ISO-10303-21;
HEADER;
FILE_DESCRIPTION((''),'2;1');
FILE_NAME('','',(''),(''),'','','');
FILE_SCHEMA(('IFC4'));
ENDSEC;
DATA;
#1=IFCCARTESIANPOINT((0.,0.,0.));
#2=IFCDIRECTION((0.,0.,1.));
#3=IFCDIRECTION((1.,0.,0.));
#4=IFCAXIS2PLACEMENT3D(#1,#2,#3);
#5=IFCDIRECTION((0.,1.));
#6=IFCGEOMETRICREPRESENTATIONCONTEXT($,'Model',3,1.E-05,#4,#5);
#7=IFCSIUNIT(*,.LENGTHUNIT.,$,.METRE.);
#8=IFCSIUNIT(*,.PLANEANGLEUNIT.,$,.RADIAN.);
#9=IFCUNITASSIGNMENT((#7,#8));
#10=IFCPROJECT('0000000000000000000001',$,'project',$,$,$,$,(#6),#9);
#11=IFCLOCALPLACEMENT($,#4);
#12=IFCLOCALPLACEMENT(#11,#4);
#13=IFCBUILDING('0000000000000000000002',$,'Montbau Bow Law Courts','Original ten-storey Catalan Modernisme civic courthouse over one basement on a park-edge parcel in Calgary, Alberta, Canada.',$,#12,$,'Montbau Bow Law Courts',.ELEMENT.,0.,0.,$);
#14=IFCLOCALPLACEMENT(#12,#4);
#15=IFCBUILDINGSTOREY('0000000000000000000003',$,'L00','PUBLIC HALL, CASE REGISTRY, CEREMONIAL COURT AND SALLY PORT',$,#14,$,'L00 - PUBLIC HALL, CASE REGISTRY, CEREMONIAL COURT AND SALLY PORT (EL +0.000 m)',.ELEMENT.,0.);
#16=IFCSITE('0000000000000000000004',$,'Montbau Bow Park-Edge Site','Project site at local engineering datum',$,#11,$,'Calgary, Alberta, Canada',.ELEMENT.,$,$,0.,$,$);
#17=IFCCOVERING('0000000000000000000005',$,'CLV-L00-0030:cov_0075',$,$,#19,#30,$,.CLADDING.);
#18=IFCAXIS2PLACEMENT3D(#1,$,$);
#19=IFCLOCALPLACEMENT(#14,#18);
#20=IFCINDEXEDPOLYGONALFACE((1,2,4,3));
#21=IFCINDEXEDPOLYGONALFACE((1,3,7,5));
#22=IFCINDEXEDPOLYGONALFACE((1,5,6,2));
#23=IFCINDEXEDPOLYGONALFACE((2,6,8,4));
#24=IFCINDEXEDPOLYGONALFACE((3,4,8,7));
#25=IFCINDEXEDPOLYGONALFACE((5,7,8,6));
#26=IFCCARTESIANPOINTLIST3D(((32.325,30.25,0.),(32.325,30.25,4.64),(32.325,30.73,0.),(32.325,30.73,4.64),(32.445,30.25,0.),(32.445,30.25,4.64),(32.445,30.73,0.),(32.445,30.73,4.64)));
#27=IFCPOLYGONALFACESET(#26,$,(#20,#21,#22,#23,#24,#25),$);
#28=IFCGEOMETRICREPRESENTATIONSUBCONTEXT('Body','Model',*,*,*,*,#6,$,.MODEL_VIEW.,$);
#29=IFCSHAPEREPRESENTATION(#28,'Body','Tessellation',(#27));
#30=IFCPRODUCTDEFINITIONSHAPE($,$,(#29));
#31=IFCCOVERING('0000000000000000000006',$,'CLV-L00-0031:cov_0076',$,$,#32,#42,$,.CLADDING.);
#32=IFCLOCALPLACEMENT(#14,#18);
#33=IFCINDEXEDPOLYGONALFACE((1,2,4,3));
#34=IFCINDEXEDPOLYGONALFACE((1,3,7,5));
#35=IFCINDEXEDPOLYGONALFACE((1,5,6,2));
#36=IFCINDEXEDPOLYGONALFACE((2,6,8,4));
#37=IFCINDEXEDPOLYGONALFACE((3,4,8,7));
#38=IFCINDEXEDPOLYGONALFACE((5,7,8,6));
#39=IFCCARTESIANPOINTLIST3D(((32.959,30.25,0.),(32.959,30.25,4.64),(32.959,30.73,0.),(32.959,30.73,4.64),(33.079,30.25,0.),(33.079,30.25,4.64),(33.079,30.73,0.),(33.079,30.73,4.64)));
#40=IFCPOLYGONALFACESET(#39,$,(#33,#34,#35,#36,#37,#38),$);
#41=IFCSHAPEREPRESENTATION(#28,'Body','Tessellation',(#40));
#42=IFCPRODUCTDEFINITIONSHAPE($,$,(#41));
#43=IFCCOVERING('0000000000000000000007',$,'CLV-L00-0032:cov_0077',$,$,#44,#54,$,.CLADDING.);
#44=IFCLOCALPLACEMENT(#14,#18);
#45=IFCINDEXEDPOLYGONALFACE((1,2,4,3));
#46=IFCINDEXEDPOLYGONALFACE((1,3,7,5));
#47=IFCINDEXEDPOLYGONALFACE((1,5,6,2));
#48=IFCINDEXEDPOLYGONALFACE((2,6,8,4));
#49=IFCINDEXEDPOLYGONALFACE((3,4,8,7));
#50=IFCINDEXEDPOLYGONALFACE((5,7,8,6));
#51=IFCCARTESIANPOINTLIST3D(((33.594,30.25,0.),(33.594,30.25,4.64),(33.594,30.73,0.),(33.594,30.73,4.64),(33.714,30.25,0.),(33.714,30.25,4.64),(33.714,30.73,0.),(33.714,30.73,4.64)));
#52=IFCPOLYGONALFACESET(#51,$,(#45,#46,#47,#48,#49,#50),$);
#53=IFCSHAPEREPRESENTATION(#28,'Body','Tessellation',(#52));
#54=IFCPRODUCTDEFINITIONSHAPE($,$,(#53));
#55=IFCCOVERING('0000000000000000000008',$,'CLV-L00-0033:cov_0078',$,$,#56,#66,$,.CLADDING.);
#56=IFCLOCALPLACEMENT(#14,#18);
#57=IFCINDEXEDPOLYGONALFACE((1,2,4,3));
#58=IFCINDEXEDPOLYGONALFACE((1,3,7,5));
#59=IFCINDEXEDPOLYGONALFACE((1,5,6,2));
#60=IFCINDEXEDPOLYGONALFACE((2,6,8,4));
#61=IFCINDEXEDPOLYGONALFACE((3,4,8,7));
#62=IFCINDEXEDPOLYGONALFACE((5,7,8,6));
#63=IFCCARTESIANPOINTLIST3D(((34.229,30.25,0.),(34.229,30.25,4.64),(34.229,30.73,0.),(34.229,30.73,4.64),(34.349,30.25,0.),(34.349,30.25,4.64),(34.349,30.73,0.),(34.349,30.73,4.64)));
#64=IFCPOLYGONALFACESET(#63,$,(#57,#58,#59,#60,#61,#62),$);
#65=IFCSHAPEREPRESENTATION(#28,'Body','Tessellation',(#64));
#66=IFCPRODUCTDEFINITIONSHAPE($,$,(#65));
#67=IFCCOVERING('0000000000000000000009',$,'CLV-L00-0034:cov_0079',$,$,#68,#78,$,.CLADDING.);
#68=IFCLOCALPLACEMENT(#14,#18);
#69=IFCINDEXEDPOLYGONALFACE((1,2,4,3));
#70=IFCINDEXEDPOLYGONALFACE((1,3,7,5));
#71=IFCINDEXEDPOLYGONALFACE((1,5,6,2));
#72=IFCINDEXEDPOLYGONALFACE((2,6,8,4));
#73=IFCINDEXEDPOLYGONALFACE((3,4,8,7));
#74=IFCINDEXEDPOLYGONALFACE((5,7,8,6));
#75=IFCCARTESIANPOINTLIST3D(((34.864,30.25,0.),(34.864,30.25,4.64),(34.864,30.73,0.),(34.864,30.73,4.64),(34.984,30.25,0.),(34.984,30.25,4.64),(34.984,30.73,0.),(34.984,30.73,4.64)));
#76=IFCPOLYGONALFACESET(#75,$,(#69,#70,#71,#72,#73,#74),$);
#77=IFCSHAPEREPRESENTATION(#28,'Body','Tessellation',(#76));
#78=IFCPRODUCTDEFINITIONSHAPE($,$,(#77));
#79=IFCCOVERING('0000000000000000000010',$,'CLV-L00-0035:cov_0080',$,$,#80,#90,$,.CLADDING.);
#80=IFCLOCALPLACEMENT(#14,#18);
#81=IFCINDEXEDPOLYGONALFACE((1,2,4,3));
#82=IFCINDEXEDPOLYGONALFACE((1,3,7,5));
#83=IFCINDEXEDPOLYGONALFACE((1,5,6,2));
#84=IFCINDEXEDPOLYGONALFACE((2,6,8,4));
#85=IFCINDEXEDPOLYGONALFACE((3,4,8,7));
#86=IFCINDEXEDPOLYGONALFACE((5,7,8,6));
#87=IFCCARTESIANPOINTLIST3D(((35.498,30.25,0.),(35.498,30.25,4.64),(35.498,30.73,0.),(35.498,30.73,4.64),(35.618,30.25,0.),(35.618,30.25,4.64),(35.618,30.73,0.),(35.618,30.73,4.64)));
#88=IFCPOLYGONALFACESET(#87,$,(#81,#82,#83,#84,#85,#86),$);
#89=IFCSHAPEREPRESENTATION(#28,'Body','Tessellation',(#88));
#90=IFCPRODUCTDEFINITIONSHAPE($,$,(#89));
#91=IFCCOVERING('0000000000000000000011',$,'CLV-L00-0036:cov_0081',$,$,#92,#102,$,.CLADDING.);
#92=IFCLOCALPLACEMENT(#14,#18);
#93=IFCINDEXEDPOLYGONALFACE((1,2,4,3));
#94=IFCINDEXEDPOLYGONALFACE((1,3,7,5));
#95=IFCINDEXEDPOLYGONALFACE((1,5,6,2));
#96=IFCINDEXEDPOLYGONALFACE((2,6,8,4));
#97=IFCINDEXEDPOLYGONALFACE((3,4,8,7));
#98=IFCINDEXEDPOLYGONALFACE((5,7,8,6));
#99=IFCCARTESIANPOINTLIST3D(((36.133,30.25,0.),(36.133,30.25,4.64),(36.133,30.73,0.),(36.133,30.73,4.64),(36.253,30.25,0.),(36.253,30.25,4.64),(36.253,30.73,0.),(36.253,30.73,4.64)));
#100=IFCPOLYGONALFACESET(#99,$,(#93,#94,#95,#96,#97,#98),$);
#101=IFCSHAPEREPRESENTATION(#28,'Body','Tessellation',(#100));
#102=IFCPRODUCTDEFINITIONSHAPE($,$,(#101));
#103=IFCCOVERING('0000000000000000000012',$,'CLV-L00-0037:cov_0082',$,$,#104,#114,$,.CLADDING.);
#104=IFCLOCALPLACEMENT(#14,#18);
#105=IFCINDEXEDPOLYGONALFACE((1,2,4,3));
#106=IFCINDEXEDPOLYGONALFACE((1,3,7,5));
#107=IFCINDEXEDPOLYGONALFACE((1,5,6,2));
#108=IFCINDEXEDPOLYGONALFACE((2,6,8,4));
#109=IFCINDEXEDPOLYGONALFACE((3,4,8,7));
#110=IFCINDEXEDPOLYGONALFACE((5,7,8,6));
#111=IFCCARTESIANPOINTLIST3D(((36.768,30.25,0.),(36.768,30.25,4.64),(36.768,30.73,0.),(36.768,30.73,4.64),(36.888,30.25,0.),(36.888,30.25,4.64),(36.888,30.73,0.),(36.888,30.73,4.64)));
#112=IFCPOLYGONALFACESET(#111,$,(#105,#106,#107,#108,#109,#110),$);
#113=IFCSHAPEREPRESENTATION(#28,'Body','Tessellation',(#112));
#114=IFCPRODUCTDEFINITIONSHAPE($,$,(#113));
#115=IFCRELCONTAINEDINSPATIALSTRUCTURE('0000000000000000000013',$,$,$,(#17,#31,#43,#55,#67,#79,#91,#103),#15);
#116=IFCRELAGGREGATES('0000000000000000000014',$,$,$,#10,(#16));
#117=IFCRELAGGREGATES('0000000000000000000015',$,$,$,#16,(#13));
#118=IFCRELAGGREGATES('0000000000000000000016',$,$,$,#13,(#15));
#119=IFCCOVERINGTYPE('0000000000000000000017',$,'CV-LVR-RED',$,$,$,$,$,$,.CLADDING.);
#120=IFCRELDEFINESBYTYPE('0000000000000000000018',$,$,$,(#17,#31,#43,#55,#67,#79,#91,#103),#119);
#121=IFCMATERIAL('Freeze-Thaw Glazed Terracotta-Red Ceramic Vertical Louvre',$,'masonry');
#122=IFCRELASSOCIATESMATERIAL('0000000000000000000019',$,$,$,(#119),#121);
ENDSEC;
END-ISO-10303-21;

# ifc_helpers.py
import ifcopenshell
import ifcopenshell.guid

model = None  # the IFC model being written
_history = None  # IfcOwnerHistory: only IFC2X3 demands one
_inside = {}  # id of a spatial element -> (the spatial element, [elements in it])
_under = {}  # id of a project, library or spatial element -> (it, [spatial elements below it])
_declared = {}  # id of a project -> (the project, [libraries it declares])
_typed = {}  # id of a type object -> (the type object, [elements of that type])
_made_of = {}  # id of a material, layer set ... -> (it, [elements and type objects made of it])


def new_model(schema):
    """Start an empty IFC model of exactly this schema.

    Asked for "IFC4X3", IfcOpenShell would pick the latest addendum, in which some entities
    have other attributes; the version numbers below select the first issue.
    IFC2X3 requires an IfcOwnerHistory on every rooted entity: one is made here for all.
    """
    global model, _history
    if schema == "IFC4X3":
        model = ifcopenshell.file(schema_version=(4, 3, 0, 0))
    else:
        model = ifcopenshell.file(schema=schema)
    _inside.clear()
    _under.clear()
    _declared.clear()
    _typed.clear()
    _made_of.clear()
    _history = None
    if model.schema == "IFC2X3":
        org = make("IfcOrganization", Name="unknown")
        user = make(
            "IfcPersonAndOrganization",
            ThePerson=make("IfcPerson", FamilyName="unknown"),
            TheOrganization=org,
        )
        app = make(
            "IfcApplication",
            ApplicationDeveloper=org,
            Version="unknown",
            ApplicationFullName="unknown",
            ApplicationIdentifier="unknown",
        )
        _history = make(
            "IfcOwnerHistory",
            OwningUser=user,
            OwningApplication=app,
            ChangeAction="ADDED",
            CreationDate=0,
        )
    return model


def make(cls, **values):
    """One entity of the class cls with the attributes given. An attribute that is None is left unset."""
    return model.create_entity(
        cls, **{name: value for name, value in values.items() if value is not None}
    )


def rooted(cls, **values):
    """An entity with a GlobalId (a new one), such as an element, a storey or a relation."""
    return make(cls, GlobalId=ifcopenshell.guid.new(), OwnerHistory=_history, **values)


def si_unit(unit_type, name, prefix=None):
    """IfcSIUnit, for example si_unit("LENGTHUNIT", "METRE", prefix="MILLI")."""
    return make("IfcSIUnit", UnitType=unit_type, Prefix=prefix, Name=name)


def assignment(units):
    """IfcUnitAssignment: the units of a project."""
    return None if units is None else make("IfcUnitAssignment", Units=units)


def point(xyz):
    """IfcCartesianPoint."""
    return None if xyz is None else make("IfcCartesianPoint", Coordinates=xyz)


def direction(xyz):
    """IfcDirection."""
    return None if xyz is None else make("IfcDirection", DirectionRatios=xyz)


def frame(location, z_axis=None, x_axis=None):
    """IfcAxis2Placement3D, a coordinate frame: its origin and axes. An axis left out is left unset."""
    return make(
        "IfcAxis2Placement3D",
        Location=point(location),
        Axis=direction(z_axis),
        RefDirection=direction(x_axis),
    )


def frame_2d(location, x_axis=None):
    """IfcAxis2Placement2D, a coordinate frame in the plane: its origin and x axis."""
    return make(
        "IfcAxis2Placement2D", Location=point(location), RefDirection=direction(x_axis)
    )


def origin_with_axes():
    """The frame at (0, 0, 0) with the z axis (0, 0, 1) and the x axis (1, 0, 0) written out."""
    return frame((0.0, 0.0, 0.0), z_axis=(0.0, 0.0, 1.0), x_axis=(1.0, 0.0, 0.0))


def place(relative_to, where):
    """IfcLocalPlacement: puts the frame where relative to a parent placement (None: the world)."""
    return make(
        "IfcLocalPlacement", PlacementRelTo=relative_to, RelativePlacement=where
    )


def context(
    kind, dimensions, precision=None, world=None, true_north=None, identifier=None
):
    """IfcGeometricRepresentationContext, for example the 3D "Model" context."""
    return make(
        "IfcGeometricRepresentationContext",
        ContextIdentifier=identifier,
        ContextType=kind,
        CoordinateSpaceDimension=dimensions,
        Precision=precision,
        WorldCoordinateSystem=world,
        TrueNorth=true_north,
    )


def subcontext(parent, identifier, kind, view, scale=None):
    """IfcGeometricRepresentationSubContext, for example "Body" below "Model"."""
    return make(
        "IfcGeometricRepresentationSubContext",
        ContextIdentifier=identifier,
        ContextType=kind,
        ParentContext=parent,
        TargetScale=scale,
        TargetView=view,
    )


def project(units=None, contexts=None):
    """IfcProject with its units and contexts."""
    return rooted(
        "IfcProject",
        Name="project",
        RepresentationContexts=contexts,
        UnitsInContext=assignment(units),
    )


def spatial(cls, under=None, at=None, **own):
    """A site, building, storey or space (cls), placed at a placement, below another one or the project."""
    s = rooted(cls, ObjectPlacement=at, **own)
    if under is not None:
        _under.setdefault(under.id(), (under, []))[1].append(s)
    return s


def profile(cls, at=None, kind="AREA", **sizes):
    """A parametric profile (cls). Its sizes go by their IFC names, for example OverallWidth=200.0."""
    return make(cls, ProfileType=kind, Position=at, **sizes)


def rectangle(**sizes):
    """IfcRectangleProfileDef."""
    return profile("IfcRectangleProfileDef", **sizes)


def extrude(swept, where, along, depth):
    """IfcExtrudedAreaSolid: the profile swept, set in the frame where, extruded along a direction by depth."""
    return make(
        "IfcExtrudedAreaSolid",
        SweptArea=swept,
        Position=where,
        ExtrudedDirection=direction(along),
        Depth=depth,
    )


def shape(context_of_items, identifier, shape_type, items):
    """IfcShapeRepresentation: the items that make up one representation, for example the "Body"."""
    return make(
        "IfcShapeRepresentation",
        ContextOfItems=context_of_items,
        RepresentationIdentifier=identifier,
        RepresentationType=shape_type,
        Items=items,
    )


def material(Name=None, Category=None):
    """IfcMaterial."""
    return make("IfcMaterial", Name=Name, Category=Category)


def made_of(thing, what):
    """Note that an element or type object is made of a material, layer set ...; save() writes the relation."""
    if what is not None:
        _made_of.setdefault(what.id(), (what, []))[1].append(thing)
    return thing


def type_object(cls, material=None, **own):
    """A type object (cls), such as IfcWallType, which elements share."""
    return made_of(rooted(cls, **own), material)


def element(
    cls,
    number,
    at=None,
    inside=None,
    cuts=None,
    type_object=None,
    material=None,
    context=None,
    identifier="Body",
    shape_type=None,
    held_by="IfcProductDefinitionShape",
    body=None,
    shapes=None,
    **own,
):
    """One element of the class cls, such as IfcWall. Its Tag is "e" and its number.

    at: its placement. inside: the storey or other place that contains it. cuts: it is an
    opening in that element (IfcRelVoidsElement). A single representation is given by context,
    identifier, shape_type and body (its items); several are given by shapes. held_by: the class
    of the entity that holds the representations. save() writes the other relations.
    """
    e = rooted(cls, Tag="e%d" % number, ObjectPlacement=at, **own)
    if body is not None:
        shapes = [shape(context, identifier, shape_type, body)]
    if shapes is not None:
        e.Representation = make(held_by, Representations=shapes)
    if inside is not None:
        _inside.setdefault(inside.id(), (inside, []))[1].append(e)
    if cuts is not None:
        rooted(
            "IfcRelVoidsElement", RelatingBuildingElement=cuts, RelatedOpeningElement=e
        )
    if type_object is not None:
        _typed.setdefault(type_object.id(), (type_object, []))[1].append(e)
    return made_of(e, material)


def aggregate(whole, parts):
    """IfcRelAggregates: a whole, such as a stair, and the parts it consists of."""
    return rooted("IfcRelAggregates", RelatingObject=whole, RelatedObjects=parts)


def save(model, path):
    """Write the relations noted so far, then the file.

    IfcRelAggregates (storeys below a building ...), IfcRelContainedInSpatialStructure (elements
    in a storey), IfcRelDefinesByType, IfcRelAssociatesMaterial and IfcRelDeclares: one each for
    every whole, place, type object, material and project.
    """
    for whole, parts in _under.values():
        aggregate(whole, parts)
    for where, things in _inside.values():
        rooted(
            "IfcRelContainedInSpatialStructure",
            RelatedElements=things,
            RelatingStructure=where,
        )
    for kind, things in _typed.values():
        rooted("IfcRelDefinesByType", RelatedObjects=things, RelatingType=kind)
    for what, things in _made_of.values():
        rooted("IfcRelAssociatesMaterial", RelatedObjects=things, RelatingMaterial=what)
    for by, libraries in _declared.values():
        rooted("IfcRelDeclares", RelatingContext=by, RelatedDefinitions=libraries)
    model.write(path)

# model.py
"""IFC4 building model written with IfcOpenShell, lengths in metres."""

from ifc_helpers import new_model, si_unit, direction, frame, frame_2d, origin_with_axes, place, context, subcontext, project, spatial, rectangle, extrude, material, type_object, element, save


model = new_model("IFC4")

# Units and contexts
model_context = context("Model", 3, precision=1e-05, world=origin_with_axes(), true_north=direction((0.0, 1.0)))
body_context = subcontext(model_context, "Body", "Model", "MODEL_VIEW")
ifc_project = project(units=[si_unit("LENGTHUNIT", "METRE"), si_unit("PLANEANGLEUNIT", "RADIAN")], contexts=[model_context])

# Site, building, storey
site_placement = place(None, origin_with_axes())
site = spatial("IfcSite", under=ifc_project, at=site_placement, Name="Montbau Bow Park-Edge Site", Description="Project site at local engineering datum", LongName="Calgary, Alberta, Canada", CompositionType="ELEMENT", RefElevation=0.0)
building_placement = place(site_placement, origin_with_axes())
building = spatial("IfcBuilding", under=site, at=building_placement, Name="Montbau Bow Law Courts", Description="Original ten-storey Catalan Modernisme civic courthouse over one basement on a park-edge parcel in Calgary, Alberta, Canada.", LongName="Montbau Bow Law Courts", CompositionType="ELEMENT", ElevationOfRefHeight=0.0, ElevationOfTerrain=0.0)
storey_placement = place(building_placement, origin_with_axes())
storey = spatial("IfcBuildingStorey", under=building, at=storey_placement, Name="L00", Description="PUBLIC HALL, CASE REGISTRY, CEREMONIAL COURT AND SALLY PORT", LongName="L00 - PUBLIC HALL, CASE REGISTRY, CEREMONIAL COURT AND SALLY PORT (EL +0.000 m)", CompositionType="ELEMENT", Elevation=0.0)

# Coverings
ifc_material_1 = material(Name="Freeze-Thaw Glazed Terracotta-Red Ceramic Vertical Louvre", Category="masonry")
covering_type = type_object("IfcCoveringType", Name="CV-LVR-RED", PredefinedType="CLADDING", material=ifc_material_1)
for number, where, z_axis, x_axis, name in (
    (1, (32.385, 30.73, 0.0), (-1.0, 0.0, 0.0), (0.0, -1.0, 0.0), "CLV-L00-0030:cov_0075"),
    (2, (33.019, 30.73, 0.0), (-1.0, 0.0, 0.0), (0.0, -1.0, 0.0), "CLV-L00-0031:cov_0076"),
    (3, (33.654, 30.73, 0.0), (-1.0, 0.0, 0.0), (0.0, -1.0, 0.0), "CLV-L00-0032:cov_0077"),
    (4, (34.289, 30.73, 0.0), (-1.0, 0.0, 0.0), (0.0, -1.0, 0.0), "CLV-L00-0033:cov_0078"),
    (5, (34.924, 30.73, 0.0), (-1.0, 0.0, 0.0), (0.0, -1.0, 0.0), "CLV-L00-0034:cov_0079"),
    (6, (35.558, 30.73, 0.0), (-1.0, 0.0, 0.0), (0.0, -1.0, 0.0), "CLV-L00-0035:cov_0080"),
    (7, (36.193, 30.73, 0.0), (-1.0, 0.0, 0.0), (0.0, -1.0, 0.0), "CLV-L00-0036:cov_0081"),
    (8, (36.828, 30.73, 0.0), (-1.0, 0.0, 0.0), (0.0, -1.0, 0.0), "CLV-L00-0037:cov_0082"),
):
    element("IfcCovering", number, at=place(None, frame(where, z_axis=z_axis, x_axis=x_axis)), inside=storey, type_object=covering_type, Name=name, PredefinedType="CLADDING", context=body_context, shape_type="SweptSolid", body=[
        extrude(rectangle(XDim=0.48, YDim=4.64, at=frame_2d((0.24, 2.32), x_axis=(1.0, 0.0))), frame((0.0, 0.0, -0.06), z_axis=(0.0, 0.0, 1.0), x_axis=(1.0, 0.0, 0.0)), (0.0, 0.0, 1.0), 0.12),
    ])

save(model, "model.ifc")
